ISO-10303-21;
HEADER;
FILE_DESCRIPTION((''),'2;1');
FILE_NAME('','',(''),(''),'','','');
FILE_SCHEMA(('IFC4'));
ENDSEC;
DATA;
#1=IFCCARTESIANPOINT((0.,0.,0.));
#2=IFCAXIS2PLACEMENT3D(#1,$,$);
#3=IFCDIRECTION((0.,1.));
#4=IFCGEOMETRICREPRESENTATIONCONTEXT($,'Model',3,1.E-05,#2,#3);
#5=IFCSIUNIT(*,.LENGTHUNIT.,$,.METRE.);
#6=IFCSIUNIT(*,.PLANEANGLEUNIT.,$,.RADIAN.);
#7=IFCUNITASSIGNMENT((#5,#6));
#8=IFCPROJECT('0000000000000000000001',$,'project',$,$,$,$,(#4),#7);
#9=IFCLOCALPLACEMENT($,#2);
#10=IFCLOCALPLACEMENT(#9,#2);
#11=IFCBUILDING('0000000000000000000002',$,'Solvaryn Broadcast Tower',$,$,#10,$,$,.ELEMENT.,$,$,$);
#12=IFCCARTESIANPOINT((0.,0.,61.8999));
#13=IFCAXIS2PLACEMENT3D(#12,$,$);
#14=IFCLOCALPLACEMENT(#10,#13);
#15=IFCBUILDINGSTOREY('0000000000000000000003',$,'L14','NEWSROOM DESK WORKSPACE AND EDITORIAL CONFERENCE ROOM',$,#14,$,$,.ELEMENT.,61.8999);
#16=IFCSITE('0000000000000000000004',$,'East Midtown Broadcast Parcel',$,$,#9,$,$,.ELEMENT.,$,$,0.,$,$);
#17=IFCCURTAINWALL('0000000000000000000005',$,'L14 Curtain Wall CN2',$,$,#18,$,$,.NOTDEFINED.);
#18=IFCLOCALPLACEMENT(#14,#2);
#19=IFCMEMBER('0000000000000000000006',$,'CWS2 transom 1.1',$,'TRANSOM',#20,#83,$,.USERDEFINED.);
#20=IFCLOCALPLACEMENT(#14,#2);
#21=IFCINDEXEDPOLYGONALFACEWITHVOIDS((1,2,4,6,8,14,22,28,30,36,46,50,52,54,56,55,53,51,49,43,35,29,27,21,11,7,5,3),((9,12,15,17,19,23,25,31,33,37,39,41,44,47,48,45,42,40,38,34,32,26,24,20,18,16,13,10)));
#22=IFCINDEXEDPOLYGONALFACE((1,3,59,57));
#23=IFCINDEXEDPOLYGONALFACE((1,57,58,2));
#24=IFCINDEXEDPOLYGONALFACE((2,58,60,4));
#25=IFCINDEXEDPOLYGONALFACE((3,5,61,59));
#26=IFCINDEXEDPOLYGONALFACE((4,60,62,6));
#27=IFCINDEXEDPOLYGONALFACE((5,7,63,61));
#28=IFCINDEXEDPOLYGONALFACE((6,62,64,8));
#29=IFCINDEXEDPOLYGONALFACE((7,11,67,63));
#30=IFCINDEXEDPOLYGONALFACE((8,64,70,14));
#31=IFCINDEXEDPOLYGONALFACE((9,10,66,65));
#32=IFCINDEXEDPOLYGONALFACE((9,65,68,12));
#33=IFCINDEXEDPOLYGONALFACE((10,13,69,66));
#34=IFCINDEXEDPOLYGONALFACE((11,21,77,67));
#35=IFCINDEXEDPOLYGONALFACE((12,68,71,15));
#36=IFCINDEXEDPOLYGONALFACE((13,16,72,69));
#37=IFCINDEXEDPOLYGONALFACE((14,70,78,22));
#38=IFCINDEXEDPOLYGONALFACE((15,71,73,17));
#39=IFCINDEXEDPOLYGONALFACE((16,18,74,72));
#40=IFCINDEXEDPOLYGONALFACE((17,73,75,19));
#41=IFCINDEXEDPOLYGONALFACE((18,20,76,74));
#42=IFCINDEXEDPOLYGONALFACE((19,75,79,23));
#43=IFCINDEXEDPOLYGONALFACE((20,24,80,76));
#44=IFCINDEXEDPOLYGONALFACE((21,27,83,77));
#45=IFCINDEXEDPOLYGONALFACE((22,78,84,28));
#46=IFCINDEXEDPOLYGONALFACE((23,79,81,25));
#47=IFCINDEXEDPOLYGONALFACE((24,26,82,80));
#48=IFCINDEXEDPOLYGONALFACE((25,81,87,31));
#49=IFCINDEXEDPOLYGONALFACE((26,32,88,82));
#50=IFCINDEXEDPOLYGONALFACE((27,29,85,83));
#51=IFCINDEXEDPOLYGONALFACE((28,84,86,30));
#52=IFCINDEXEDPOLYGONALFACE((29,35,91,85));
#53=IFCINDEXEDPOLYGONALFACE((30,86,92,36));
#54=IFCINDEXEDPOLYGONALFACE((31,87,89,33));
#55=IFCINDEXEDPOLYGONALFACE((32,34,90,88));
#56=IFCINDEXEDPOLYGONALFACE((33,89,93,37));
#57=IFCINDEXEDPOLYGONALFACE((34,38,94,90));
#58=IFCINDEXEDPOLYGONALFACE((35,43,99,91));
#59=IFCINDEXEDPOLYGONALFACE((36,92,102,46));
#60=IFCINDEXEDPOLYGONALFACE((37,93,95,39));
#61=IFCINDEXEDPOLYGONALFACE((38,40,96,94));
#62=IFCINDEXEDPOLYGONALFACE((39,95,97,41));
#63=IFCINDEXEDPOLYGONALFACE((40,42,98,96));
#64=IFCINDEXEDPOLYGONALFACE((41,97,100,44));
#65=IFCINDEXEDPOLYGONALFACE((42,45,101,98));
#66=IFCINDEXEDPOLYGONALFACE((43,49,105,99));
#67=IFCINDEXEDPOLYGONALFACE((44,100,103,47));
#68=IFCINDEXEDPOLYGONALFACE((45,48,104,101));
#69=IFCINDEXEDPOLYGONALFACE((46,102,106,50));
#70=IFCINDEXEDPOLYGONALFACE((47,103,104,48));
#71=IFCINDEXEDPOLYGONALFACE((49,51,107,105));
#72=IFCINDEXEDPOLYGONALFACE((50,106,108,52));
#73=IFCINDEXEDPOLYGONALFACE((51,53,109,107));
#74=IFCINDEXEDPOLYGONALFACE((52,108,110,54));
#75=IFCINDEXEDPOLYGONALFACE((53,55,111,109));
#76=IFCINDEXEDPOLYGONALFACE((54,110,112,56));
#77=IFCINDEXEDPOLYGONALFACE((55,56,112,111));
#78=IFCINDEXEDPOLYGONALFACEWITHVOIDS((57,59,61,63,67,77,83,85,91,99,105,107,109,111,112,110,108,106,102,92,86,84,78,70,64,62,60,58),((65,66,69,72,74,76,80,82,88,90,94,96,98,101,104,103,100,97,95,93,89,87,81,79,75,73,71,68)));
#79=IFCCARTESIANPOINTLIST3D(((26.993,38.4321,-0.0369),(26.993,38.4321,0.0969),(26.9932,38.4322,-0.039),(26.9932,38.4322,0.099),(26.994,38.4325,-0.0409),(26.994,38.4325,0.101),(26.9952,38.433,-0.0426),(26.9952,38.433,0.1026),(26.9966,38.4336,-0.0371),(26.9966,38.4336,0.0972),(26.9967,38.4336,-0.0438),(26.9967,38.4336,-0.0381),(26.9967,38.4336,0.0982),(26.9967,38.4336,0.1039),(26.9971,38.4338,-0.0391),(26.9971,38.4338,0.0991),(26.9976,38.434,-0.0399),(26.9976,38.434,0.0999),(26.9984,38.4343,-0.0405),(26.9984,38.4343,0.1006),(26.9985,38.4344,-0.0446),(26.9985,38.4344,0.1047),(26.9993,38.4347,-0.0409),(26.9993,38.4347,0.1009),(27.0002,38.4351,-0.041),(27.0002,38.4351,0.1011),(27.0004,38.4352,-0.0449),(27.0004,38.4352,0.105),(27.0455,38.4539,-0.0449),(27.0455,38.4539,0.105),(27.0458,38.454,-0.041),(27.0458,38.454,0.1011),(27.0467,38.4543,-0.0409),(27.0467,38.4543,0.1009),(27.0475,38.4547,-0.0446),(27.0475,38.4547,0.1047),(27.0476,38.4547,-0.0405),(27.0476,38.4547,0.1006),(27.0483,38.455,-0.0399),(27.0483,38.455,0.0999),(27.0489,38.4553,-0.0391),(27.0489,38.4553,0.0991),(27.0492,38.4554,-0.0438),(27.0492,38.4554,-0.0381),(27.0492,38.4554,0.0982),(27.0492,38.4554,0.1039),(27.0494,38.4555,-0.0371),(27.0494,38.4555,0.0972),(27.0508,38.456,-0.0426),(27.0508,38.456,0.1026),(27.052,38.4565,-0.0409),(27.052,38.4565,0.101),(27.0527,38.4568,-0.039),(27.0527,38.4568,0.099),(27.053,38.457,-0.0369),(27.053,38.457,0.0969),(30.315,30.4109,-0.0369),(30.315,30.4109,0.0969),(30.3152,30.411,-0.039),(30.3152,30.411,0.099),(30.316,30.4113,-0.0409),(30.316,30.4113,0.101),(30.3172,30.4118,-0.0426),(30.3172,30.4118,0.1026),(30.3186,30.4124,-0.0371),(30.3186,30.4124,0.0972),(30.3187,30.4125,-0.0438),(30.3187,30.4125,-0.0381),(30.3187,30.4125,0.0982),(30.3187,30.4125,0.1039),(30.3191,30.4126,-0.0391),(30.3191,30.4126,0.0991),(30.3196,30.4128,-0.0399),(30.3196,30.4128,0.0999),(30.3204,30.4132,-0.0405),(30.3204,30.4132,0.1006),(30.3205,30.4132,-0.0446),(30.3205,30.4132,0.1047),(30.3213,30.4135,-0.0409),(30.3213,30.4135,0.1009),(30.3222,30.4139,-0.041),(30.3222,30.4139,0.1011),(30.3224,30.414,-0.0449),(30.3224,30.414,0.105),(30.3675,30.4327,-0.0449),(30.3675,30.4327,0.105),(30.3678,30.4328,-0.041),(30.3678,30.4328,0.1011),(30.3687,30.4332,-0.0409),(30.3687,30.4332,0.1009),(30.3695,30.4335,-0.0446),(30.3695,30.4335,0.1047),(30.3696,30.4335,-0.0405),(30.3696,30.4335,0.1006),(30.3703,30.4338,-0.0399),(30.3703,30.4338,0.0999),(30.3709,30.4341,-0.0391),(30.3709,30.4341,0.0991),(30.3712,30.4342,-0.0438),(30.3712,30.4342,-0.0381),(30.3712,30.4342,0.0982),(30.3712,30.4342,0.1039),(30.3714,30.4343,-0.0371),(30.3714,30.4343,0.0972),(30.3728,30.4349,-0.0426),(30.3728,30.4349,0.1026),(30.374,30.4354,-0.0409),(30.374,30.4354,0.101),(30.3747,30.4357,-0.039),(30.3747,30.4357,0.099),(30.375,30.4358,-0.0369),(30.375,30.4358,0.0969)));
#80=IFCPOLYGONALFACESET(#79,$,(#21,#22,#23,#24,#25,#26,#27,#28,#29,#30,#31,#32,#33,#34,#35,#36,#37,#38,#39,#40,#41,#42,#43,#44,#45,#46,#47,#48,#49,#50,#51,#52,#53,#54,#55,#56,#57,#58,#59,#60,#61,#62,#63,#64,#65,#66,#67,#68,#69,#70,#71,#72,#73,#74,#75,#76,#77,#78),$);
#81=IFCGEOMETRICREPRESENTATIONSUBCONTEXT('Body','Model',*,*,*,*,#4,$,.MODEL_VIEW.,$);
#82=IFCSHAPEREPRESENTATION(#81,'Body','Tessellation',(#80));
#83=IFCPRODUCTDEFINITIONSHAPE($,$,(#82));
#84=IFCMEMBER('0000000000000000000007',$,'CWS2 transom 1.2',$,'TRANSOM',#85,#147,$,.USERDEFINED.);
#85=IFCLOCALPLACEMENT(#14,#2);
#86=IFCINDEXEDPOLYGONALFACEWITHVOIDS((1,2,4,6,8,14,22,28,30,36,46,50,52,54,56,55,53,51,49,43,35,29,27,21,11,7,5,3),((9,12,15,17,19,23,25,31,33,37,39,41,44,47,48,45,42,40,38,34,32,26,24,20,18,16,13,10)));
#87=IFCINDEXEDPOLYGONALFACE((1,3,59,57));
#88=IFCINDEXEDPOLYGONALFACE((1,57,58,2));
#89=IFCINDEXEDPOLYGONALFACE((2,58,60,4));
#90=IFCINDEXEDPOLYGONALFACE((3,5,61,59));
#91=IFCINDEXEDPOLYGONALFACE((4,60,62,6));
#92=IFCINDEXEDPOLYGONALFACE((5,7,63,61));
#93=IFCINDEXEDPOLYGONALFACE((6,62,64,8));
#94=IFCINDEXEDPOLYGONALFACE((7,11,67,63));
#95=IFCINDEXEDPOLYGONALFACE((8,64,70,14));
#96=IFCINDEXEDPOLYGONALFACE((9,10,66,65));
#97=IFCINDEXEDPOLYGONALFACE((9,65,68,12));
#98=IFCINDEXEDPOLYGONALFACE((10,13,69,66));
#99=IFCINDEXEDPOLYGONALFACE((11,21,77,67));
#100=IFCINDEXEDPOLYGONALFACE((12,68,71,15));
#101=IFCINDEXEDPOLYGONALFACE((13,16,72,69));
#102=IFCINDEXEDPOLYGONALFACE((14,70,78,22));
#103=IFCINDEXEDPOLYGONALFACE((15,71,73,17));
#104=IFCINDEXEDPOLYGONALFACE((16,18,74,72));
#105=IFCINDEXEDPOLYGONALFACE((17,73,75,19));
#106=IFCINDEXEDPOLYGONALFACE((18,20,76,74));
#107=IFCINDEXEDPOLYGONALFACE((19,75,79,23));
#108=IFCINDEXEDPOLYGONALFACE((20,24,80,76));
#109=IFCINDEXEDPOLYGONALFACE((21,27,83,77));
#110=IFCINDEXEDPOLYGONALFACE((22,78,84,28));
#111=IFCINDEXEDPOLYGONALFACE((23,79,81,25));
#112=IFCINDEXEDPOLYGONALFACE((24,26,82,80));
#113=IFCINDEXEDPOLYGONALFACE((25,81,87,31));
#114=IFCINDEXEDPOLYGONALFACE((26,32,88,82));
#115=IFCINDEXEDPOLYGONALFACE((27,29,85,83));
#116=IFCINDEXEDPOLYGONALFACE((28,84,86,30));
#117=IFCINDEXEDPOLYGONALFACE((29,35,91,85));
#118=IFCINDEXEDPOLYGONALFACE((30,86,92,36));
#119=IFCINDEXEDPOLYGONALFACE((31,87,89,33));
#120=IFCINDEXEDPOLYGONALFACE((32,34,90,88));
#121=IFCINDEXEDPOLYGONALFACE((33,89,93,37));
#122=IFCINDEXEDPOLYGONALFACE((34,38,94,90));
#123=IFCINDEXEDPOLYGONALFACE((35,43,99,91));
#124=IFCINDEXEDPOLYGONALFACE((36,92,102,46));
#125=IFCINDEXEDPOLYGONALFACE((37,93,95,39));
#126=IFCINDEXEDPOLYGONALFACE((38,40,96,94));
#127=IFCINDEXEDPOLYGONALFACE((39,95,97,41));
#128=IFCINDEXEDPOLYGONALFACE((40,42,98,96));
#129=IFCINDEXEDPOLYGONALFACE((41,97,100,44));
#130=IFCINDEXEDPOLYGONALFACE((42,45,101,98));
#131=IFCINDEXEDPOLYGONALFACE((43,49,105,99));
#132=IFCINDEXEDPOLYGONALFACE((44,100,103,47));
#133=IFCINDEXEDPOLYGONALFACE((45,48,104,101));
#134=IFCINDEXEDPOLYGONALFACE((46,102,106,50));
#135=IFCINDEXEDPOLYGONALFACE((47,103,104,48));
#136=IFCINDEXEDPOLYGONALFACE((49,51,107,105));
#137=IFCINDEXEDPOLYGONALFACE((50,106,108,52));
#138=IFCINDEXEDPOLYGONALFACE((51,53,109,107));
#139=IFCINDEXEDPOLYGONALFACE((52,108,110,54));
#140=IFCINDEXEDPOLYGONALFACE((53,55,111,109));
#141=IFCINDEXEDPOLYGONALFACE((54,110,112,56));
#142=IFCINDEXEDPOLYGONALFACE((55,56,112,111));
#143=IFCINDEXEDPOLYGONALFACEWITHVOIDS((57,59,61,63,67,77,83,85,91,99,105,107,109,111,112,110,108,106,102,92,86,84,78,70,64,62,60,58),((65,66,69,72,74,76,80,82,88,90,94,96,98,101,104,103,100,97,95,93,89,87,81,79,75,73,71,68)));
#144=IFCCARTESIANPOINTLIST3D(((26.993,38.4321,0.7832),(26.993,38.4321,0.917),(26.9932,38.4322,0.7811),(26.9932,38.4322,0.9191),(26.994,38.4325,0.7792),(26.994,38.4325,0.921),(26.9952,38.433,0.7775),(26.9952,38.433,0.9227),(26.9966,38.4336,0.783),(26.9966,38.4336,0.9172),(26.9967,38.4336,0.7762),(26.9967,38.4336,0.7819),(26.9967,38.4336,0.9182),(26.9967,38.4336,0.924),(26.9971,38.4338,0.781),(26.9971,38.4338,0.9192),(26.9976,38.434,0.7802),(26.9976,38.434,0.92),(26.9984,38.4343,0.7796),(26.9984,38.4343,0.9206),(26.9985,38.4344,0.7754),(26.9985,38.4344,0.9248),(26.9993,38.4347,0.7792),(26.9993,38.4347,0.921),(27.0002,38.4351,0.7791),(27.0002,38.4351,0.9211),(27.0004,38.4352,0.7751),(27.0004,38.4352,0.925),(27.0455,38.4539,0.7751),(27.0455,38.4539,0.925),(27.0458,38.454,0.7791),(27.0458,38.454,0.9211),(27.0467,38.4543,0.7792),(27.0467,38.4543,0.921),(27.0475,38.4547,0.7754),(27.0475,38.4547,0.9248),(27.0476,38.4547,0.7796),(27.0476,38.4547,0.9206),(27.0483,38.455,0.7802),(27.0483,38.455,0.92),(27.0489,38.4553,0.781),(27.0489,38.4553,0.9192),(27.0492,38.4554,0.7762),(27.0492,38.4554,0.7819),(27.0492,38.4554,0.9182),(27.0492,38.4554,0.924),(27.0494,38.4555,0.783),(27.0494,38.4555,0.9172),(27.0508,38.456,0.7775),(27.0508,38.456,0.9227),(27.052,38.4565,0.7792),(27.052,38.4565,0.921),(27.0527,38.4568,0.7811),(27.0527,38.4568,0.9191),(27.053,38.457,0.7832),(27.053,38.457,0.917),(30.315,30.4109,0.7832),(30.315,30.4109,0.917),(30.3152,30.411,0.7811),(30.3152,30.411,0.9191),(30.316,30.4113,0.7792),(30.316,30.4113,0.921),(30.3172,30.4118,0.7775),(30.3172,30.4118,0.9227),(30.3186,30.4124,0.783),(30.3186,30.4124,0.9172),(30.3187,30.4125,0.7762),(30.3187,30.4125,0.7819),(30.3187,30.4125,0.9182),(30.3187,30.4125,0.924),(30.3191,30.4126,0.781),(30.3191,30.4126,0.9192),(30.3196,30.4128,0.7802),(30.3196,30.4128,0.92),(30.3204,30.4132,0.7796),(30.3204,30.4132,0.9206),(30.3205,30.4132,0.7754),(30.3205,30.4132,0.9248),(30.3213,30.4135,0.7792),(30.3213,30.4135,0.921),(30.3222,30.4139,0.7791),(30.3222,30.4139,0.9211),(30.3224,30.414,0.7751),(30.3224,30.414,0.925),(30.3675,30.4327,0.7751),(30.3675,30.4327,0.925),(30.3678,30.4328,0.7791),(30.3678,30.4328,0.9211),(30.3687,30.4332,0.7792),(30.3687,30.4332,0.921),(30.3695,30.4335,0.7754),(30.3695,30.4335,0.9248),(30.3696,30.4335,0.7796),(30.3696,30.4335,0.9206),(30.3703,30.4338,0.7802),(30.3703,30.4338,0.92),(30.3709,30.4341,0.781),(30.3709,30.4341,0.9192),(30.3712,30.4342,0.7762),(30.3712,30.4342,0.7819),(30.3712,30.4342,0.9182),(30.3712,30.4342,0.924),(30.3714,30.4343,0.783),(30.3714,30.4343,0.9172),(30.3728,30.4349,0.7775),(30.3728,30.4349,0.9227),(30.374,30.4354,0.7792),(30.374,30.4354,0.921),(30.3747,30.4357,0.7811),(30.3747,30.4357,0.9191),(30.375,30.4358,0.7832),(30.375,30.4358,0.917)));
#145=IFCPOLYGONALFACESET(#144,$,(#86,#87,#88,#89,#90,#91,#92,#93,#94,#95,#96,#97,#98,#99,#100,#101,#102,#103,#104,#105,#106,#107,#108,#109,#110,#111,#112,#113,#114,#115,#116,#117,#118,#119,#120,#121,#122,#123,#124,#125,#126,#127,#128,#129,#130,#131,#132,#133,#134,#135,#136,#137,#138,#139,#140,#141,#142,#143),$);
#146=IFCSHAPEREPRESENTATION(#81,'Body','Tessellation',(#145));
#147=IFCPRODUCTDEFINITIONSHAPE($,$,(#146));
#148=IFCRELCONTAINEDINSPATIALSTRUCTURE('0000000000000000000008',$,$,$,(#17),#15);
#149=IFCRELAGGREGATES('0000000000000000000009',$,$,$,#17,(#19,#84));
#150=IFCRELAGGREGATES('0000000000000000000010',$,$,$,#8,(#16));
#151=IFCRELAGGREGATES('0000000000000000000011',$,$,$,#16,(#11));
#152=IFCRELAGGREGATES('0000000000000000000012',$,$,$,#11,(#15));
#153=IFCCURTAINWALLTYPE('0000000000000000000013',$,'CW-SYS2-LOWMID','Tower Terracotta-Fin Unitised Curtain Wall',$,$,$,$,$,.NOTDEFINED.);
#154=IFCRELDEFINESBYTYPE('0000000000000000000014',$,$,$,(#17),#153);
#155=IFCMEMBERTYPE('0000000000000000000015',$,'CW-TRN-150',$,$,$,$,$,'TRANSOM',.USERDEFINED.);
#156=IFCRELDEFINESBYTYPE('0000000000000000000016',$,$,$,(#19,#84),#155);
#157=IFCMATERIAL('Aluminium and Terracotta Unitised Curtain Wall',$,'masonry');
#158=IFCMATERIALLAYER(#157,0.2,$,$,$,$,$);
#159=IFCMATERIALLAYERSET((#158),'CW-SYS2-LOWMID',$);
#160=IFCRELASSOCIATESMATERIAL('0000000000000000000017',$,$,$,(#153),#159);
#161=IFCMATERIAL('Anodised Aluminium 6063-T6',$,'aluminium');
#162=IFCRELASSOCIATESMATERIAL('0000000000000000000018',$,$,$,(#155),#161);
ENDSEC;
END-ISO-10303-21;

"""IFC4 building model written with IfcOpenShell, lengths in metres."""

from ifc_helpers import new_model, si_unit, direction, frame, origin, origin_2d, place, context, subcontext, project, spatial, hollow_rectangle, extrude, material, layer, layer_set, material_profile, profile_set, type_object, element, aggregate, save


model = new_model("IFC4")

# Units and contexts
model_context = context("Model", 3, precision=1e-05, world=origin(), true_north=direction((0.0, 1.0)))
body_context = subcontext(model_context, "Body", "Model", "MODEL_VIEW")
ifc_project = project(units=[si_unit("LENGTHUNIT", "METRE"), si_unit("PLANEANGLEUNIT", "RADIAN")], contexts=[model_context])

# Site, building, storey
site_placement = place(None, origin())
site = spatial("IfcSite", under=ifc_project, at=site_placement, Name="East Midtown Broadcast Parcel", CompositionType="ELEMENT", RefElevation=0.0)
building_placement = place(site_placement, origin())
building = spatial("IfcBuilding", under=site, at=building_placement, Name="Solvaryn Broadcast Tower", CompositionType="ELEMENT")
storey_placement = place(building_placement, frame((0.0, 0.0, 61.8999)))
storey = spatial("IfcBuildingStorey", under=building, at=storey_placement, Name="L14", Description="NEWSROOM DESK WORKSPACE AND EDITORIAL CONFERENCE ROOM", CompositionType="ELEMENT", Elevation=61.8999)

# Shared definitions
ifc_material_1 = material(Name="Aluminium and Terracotta Unitised Curtain Wall", Category="masonry")
ifc_layer_1 = layer(ifc_material_1, 0.2)
ifc_layer_set_1 = layer_set([ifc_layer_1], Name="CW-SYS2-LOWMID")
curtain_wall_type = type_object("IfcCurtainWallType", Name="CW-SYS2-LOWMID", Description="Tower Terracotta-Fin Unitised Curtain Wall", PredefinedType="NOTDEFINED", material=ifc_layer_set_1)

# Curtain wall, members
curtain_wall_1_placement = place(storey_placement, origin())
curtain_wall_1 = element("IfcCurtainWall", 1, at=curtain_wall_1_placement, inside=storey, type_object=curtain_wall_type, Name="L14 Curtain Wall CN2", PredefinedType="NOTDEFINED")
ifc_material_2 = material(Name="Anodised Aluminium 6063-T6", Category="aluminium")
ifc_material_profile_1 = material_profile(ifc_material_2, hollow_rectangle(XDim=0.0649, YDim=0.1499, WallThickness=0.0039, InnerFilletRadius=0.0039, OuterFilletRadius=0.0081, at=origin_2d()))
ifc_profile_set_1 = profile_set([ifc_material_profile_1], Name="Anodised Aluminium 6063-T6")
member_type_1 = type_object("IfcMemberType", Name="CW-TRN-150", ElementType="TRANSOM", PredefinedType="USERDEFINED", material=ifc_profile_set_1)
member_1_placement = place(storey_placement, frame((30.345, 30.4233, 0.03), z_axis=(-0.382636, 0.923899, 0.0), x_axis=(-0.923899, -0.382636, 0.0)))
member_1 = element("IfcMember", 2, at=member_1_placement, type_object=member_type_1, Name="CWS2 transom 1.1", ObjectType="TRANSOM", PredefinedType="USERDEFINED", context=body_context, shape_type="SweptSolid", body=[
    extrude(hollow_rectangle(XDim=0.0649, YDim=0.1499, WallThickness=0.0039, InnerFilletRadius=0.0039, OuterFilletRadius=0.0081, at=origin_2d()), origin(), (0.0, 0.0, 1.0), 8.6819),
])
member_2_placement = place(storey_placement, frame((30.345, 30.4233, 0.8501), z_axis=(-0.382636, 0.923899, 0.0), x_axis=(-0.923899, -0.382636, 0.0)))
member_2 = element("IfcMember", 3, at=member_2_placement, type_object=member_type_1, Name="CWS2 transom 1.2", ObjectType="TRANSOM", PredefinedType="USERDEFINED", context=body_context, shape_type="SweptSolid", body=[
    extrude(hollow_rectangle(XDim=0.0649, YDim=0.1499, WallThickness=0.0039, InnerFilletRadius=0.0039, OuterFilletRadius=0.0081, at=origin_2d()), origin(), (0.0, 0.0, 1.0), 8.6819),
])

aggregate(curtain_wall_1, [member_1, member_2])

save(model, "model.ifc")
